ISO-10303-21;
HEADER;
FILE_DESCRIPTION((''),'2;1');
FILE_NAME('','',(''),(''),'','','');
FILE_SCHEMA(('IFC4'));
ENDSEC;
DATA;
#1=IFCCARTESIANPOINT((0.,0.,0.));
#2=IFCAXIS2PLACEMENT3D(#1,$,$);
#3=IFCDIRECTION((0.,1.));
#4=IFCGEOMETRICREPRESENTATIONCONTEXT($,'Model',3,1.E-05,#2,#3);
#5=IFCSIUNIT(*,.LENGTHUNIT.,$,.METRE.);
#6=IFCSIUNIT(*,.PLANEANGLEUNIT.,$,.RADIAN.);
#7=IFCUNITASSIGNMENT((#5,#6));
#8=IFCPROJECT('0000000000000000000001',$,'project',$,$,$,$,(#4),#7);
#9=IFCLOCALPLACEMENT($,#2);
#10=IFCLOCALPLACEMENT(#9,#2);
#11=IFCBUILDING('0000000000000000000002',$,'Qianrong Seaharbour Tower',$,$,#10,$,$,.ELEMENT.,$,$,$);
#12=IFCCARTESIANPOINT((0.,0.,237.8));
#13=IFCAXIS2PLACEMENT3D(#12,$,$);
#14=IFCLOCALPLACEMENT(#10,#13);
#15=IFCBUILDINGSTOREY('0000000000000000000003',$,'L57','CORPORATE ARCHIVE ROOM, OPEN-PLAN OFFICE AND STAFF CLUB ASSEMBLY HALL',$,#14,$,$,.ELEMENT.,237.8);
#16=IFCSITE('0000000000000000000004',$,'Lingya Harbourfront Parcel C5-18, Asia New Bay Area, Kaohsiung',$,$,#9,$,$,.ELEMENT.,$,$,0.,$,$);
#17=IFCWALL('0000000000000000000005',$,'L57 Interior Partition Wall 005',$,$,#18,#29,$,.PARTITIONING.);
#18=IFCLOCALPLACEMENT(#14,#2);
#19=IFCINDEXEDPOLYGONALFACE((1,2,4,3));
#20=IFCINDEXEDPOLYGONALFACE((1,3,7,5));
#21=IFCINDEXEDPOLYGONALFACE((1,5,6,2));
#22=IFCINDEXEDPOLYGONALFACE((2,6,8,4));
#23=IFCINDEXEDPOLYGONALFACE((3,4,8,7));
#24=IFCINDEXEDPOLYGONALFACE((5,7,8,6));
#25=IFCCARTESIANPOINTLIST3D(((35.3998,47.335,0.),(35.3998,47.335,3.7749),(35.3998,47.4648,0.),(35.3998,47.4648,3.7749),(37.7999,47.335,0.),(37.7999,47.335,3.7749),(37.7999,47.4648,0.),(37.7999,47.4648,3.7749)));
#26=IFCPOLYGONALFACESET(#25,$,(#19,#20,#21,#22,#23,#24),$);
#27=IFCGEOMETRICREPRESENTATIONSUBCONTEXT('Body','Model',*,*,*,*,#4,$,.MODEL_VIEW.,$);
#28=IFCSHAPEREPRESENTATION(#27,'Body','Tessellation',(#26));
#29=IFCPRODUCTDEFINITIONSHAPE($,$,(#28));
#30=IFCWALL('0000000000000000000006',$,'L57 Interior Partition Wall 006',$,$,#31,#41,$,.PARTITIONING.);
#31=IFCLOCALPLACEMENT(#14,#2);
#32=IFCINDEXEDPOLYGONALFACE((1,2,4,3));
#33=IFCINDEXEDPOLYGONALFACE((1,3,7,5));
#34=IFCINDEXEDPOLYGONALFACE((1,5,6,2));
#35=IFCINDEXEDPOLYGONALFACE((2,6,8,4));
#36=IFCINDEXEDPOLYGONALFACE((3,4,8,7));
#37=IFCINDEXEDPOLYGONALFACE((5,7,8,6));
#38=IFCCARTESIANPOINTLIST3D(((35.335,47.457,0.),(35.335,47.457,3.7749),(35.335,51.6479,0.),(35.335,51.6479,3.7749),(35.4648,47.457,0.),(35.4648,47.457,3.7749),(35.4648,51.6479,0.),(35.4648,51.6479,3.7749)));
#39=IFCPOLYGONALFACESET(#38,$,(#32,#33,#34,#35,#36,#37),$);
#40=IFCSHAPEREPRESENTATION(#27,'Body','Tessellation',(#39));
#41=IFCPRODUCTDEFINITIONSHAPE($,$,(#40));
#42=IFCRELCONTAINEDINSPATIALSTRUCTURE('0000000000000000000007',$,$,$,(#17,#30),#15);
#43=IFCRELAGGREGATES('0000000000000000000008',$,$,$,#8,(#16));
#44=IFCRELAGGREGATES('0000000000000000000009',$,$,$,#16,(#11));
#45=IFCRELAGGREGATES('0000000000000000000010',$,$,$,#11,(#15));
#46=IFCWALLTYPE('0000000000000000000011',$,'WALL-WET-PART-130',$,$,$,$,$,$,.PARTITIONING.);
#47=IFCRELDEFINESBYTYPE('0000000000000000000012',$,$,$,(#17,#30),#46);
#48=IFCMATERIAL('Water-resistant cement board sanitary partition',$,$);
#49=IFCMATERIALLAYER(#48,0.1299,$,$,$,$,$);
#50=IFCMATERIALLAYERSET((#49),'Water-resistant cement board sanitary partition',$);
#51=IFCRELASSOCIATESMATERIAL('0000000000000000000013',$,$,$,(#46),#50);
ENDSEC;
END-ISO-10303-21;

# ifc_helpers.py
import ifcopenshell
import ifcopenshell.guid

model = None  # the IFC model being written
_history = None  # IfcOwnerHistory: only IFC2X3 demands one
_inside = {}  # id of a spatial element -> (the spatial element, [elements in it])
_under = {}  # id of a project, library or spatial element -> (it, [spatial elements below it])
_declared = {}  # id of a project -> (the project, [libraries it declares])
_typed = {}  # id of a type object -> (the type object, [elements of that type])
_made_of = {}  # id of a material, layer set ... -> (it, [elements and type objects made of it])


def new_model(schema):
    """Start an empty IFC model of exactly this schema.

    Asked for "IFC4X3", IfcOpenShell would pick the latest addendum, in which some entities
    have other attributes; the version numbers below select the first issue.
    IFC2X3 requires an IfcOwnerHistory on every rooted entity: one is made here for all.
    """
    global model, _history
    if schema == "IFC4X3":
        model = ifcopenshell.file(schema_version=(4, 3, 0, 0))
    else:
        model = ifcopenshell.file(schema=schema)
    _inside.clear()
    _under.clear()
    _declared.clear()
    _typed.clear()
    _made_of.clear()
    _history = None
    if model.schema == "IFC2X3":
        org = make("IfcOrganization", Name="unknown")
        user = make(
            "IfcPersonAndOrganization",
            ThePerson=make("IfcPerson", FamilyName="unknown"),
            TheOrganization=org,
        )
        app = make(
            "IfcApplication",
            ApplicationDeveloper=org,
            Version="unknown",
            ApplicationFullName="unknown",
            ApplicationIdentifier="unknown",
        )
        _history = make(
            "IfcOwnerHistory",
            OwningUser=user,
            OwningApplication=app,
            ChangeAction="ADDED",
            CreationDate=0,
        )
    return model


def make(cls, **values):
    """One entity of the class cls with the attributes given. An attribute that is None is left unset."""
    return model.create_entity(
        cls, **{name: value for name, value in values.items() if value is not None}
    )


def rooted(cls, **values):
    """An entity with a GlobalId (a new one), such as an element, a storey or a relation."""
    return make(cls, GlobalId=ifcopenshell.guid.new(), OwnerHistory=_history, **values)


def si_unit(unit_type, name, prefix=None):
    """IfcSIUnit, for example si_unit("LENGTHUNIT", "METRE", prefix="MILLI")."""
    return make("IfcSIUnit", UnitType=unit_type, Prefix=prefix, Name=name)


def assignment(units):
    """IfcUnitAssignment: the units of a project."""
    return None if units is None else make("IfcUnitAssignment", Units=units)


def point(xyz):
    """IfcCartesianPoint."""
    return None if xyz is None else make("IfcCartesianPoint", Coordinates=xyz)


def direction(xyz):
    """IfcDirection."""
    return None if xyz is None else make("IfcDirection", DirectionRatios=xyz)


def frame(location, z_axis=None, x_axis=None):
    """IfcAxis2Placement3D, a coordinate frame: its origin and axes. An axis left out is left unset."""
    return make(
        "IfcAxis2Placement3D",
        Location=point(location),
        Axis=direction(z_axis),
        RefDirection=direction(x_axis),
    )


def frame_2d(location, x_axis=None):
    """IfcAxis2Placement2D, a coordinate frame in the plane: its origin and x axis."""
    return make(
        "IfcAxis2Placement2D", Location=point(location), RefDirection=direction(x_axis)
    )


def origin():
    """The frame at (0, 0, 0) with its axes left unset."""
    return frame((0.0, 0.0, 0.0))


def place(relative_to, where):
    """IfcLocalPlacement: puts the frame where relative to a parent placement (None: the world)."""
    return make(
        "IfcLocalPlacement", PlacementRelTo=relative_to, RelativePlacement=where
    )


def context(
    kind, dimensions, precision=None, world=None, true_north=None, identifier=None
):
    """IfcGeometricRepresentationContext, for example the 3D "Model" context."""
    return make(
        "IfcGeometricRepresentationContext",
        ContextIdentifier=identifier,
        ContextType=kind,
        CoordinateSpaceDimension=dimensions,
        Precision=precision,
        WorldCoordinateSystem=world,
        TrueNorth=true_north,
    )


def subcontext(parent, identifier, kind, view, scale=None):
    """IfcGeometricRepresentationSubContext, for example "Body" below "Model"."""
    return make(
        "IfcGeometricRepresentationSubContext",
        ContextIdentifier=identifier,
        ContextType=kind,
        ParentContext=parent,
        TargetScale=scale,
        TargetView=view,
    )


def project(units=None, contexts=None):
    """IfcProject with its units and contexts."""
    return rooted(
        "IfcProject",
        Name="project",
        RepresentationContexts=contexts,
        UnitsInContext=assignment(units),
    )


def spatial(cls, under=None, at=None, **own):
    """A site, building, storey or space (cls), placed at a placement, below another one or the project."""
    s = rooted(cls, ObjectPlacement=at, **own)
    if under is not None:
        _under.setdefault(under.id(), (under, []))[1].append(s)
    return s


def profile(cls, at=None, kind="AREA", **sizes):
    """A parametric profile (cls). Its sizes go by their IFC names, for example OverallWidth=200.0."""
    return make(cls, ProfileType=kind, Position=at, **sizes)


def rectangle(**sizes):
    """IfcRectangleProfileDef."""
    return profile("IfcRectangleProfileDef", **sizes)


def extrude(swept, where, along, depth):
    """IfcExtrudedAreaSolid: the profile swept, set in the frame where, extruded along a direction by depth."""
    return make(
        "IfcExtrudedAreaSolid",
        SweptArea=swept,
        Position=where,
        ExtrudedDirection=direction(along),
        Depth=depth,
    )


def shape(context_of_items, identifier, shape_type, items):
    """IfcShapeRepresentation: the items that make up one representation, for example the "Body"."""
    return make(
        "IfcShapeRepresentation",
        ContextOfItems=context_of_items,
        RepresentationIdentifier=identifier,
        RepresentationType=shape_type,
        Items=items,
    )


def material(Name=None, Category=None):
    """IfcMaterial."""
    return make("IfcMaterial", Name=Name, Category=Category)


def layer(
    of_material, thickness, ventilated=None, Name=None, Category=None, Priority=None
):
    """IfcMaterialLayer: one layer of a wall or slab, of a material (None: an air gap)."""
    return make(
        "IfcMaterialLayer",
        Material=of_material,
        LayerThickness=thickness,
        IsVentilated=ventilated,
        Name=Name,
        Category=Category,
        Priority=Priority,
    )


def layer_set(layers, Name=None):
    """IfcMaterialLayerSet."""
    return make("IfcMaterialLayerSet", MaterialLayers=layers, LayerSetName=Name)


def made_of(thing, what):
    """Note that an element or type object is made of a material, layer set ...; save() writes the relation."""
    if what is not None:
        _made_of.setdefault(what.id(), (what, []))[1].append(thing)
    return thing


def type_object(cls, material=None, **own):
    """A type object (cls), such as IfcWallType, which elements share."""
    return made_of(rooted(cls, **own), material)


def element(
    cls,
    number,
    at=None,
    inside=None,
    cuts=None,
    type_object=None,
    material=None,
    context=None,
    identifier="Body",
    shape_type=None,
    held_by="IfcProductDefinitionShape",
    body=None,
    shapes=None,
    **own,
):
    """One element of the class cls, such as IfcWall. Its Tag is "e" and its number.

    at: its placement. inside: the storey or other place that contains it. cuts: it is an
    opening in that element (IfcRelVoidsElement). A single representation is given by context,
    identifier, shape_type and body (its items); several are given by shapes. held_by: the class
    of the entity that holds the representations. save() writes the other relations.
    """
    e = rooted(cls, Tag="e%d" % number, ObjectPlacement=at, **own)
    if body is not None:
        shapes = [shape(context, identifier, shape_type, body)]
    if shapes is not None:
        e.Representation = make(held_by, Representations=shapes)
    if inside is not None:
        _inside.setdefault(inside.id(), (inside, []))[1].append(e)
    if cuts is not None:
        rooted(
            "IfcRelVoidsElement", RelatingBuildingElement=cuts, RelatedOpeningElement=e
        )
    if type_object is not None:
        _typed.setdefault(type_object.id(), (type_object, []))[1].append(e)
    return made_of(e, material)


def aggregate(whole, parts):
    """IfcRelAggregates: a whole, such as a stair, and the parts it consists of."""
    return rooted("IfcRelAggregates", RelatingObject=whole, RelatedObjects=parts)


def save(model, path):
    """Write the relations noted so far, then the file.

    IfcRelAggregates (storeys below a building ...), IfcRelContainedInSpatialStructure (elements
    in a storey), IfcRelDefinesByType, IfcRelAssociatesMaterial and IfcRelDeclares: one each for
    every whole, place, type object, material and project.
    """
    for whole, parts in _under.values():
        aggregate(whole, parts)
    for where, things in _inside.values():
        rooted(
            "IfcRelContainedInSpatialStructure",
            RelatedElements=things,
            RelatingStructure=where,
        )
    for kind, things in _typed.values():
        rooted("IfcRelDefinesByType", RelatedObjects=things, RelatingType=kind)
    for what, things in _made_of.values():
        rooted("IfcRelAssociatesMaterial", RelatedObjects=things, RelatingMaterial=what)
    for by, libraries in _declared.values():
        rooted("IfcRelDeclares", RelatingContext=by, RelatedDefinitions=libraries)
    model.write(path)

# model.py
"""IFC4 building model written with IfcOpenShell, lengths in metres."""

from ifc_helpers import new_model, si_unit, direction, frame, frame_2d, origin, place, context, subcontext, project, spatial, rectangle, extrude, material, layer, layer_set, type_object, element, save


model = new_model("IFC4")

# Units and contexts
model_context = context("Model", 3, precision=1e-05, world=origin(), true_north=direction((0.0, 1.0)))
body_context = subcontext(model_context, "Body", "Model", "MODEL_VIEW")
ifc_project = project(units=[si_unit("LENGTHUNIT", "METRE"), si_unit("PLANEANGLEUNIT", "RADIAN")], contexts=[model_context])

# Site, building, storey
site_placement = place(None, origin())
site = spatial("IfcSite", under=ifc_project, at=site_placement, Name="Lingya Harbourfront Parcel C5-18, Asia New Bay Area, Kaohsiung", CompositionType="ELEMENT", RefElevation=0.0)
building_placement = place(site_placement, origin())
building = spatial("IfcBuilding", under=site, at=building_placement, Name="Qianrong Seaharbour Tower", CompositionType="ELEMENT")
storey_placement = place(building_placement, frame((0.0, 0.0, 237.8)))
storey = spatial("IfcBuildingStorey", under=building, at=storey_placement, Name="L57", Description="CORPORATE ARCHIVE ROOM, OPEN-PLAN OFFICE AND STAFF CLUB ASSEMBLY HALL", CompositionType="ELEMENT", Elevation=237.8)

# Shared definitions
ifc_material_1 = material(Name="Water-resistant cement board sanitary partition")
ifc_layer_1 = layer(ifc_material_1, 0.1299)
ifc_layer_set_1 = layer_set([ifc_layer_1], Name="Water-resistant cement board sanitary partition")
wall_type_1 = type_object("IfcWallType", Name="WALL-WET-PART-130", PredefinedType="PARTITIONING", material=ifc_layer_set_1)

# Walls
wall_1_placement = place(storey_placement, frame((37.8, 47.3999, 0.0), z_axis=(0.0, 0.0, 1.0), x_axis=(-1.0, 0.0, 0.0)))
element("IfcWall", 1, at=wall_1_placement, inside=storey, type_object=wall_type_1, Name="L57 Interior Partition Wall 005", PredefinedType="PARTITIONING", context=body_context, shape_type="SweptSolid", body=[
    extrude(rectangle(XDim=2.4001, YDim=0.1299, at=frame_2d((1.2002, 0.0))), origin(), (0.0, 0.0, 1.0), 3.7749),
])
wall_2_placement = place(storey_placement, frame((35.3999, 47.457, 0.0), z_axis=(0.0, 0.0, 1.0), x_axis=(0.0, 1.0, 0.0)))
element("IfcWall", 2, at=wall_2_placement, inside=storey, type_object=wall_type_1, Name="L57 Interior Partition Wall 006", PredefinedType="PARTITIONING", context=body_context, shape_type="SweptSolid", body=[
    extrude(rectangle(XDim=4.1909, YDim=0.1299, at=frame_2d((2.0955, 0.0))), origin(), (0.0, 0.0, 1.0), 3.7749),
])

save(model, "model.ifc")
